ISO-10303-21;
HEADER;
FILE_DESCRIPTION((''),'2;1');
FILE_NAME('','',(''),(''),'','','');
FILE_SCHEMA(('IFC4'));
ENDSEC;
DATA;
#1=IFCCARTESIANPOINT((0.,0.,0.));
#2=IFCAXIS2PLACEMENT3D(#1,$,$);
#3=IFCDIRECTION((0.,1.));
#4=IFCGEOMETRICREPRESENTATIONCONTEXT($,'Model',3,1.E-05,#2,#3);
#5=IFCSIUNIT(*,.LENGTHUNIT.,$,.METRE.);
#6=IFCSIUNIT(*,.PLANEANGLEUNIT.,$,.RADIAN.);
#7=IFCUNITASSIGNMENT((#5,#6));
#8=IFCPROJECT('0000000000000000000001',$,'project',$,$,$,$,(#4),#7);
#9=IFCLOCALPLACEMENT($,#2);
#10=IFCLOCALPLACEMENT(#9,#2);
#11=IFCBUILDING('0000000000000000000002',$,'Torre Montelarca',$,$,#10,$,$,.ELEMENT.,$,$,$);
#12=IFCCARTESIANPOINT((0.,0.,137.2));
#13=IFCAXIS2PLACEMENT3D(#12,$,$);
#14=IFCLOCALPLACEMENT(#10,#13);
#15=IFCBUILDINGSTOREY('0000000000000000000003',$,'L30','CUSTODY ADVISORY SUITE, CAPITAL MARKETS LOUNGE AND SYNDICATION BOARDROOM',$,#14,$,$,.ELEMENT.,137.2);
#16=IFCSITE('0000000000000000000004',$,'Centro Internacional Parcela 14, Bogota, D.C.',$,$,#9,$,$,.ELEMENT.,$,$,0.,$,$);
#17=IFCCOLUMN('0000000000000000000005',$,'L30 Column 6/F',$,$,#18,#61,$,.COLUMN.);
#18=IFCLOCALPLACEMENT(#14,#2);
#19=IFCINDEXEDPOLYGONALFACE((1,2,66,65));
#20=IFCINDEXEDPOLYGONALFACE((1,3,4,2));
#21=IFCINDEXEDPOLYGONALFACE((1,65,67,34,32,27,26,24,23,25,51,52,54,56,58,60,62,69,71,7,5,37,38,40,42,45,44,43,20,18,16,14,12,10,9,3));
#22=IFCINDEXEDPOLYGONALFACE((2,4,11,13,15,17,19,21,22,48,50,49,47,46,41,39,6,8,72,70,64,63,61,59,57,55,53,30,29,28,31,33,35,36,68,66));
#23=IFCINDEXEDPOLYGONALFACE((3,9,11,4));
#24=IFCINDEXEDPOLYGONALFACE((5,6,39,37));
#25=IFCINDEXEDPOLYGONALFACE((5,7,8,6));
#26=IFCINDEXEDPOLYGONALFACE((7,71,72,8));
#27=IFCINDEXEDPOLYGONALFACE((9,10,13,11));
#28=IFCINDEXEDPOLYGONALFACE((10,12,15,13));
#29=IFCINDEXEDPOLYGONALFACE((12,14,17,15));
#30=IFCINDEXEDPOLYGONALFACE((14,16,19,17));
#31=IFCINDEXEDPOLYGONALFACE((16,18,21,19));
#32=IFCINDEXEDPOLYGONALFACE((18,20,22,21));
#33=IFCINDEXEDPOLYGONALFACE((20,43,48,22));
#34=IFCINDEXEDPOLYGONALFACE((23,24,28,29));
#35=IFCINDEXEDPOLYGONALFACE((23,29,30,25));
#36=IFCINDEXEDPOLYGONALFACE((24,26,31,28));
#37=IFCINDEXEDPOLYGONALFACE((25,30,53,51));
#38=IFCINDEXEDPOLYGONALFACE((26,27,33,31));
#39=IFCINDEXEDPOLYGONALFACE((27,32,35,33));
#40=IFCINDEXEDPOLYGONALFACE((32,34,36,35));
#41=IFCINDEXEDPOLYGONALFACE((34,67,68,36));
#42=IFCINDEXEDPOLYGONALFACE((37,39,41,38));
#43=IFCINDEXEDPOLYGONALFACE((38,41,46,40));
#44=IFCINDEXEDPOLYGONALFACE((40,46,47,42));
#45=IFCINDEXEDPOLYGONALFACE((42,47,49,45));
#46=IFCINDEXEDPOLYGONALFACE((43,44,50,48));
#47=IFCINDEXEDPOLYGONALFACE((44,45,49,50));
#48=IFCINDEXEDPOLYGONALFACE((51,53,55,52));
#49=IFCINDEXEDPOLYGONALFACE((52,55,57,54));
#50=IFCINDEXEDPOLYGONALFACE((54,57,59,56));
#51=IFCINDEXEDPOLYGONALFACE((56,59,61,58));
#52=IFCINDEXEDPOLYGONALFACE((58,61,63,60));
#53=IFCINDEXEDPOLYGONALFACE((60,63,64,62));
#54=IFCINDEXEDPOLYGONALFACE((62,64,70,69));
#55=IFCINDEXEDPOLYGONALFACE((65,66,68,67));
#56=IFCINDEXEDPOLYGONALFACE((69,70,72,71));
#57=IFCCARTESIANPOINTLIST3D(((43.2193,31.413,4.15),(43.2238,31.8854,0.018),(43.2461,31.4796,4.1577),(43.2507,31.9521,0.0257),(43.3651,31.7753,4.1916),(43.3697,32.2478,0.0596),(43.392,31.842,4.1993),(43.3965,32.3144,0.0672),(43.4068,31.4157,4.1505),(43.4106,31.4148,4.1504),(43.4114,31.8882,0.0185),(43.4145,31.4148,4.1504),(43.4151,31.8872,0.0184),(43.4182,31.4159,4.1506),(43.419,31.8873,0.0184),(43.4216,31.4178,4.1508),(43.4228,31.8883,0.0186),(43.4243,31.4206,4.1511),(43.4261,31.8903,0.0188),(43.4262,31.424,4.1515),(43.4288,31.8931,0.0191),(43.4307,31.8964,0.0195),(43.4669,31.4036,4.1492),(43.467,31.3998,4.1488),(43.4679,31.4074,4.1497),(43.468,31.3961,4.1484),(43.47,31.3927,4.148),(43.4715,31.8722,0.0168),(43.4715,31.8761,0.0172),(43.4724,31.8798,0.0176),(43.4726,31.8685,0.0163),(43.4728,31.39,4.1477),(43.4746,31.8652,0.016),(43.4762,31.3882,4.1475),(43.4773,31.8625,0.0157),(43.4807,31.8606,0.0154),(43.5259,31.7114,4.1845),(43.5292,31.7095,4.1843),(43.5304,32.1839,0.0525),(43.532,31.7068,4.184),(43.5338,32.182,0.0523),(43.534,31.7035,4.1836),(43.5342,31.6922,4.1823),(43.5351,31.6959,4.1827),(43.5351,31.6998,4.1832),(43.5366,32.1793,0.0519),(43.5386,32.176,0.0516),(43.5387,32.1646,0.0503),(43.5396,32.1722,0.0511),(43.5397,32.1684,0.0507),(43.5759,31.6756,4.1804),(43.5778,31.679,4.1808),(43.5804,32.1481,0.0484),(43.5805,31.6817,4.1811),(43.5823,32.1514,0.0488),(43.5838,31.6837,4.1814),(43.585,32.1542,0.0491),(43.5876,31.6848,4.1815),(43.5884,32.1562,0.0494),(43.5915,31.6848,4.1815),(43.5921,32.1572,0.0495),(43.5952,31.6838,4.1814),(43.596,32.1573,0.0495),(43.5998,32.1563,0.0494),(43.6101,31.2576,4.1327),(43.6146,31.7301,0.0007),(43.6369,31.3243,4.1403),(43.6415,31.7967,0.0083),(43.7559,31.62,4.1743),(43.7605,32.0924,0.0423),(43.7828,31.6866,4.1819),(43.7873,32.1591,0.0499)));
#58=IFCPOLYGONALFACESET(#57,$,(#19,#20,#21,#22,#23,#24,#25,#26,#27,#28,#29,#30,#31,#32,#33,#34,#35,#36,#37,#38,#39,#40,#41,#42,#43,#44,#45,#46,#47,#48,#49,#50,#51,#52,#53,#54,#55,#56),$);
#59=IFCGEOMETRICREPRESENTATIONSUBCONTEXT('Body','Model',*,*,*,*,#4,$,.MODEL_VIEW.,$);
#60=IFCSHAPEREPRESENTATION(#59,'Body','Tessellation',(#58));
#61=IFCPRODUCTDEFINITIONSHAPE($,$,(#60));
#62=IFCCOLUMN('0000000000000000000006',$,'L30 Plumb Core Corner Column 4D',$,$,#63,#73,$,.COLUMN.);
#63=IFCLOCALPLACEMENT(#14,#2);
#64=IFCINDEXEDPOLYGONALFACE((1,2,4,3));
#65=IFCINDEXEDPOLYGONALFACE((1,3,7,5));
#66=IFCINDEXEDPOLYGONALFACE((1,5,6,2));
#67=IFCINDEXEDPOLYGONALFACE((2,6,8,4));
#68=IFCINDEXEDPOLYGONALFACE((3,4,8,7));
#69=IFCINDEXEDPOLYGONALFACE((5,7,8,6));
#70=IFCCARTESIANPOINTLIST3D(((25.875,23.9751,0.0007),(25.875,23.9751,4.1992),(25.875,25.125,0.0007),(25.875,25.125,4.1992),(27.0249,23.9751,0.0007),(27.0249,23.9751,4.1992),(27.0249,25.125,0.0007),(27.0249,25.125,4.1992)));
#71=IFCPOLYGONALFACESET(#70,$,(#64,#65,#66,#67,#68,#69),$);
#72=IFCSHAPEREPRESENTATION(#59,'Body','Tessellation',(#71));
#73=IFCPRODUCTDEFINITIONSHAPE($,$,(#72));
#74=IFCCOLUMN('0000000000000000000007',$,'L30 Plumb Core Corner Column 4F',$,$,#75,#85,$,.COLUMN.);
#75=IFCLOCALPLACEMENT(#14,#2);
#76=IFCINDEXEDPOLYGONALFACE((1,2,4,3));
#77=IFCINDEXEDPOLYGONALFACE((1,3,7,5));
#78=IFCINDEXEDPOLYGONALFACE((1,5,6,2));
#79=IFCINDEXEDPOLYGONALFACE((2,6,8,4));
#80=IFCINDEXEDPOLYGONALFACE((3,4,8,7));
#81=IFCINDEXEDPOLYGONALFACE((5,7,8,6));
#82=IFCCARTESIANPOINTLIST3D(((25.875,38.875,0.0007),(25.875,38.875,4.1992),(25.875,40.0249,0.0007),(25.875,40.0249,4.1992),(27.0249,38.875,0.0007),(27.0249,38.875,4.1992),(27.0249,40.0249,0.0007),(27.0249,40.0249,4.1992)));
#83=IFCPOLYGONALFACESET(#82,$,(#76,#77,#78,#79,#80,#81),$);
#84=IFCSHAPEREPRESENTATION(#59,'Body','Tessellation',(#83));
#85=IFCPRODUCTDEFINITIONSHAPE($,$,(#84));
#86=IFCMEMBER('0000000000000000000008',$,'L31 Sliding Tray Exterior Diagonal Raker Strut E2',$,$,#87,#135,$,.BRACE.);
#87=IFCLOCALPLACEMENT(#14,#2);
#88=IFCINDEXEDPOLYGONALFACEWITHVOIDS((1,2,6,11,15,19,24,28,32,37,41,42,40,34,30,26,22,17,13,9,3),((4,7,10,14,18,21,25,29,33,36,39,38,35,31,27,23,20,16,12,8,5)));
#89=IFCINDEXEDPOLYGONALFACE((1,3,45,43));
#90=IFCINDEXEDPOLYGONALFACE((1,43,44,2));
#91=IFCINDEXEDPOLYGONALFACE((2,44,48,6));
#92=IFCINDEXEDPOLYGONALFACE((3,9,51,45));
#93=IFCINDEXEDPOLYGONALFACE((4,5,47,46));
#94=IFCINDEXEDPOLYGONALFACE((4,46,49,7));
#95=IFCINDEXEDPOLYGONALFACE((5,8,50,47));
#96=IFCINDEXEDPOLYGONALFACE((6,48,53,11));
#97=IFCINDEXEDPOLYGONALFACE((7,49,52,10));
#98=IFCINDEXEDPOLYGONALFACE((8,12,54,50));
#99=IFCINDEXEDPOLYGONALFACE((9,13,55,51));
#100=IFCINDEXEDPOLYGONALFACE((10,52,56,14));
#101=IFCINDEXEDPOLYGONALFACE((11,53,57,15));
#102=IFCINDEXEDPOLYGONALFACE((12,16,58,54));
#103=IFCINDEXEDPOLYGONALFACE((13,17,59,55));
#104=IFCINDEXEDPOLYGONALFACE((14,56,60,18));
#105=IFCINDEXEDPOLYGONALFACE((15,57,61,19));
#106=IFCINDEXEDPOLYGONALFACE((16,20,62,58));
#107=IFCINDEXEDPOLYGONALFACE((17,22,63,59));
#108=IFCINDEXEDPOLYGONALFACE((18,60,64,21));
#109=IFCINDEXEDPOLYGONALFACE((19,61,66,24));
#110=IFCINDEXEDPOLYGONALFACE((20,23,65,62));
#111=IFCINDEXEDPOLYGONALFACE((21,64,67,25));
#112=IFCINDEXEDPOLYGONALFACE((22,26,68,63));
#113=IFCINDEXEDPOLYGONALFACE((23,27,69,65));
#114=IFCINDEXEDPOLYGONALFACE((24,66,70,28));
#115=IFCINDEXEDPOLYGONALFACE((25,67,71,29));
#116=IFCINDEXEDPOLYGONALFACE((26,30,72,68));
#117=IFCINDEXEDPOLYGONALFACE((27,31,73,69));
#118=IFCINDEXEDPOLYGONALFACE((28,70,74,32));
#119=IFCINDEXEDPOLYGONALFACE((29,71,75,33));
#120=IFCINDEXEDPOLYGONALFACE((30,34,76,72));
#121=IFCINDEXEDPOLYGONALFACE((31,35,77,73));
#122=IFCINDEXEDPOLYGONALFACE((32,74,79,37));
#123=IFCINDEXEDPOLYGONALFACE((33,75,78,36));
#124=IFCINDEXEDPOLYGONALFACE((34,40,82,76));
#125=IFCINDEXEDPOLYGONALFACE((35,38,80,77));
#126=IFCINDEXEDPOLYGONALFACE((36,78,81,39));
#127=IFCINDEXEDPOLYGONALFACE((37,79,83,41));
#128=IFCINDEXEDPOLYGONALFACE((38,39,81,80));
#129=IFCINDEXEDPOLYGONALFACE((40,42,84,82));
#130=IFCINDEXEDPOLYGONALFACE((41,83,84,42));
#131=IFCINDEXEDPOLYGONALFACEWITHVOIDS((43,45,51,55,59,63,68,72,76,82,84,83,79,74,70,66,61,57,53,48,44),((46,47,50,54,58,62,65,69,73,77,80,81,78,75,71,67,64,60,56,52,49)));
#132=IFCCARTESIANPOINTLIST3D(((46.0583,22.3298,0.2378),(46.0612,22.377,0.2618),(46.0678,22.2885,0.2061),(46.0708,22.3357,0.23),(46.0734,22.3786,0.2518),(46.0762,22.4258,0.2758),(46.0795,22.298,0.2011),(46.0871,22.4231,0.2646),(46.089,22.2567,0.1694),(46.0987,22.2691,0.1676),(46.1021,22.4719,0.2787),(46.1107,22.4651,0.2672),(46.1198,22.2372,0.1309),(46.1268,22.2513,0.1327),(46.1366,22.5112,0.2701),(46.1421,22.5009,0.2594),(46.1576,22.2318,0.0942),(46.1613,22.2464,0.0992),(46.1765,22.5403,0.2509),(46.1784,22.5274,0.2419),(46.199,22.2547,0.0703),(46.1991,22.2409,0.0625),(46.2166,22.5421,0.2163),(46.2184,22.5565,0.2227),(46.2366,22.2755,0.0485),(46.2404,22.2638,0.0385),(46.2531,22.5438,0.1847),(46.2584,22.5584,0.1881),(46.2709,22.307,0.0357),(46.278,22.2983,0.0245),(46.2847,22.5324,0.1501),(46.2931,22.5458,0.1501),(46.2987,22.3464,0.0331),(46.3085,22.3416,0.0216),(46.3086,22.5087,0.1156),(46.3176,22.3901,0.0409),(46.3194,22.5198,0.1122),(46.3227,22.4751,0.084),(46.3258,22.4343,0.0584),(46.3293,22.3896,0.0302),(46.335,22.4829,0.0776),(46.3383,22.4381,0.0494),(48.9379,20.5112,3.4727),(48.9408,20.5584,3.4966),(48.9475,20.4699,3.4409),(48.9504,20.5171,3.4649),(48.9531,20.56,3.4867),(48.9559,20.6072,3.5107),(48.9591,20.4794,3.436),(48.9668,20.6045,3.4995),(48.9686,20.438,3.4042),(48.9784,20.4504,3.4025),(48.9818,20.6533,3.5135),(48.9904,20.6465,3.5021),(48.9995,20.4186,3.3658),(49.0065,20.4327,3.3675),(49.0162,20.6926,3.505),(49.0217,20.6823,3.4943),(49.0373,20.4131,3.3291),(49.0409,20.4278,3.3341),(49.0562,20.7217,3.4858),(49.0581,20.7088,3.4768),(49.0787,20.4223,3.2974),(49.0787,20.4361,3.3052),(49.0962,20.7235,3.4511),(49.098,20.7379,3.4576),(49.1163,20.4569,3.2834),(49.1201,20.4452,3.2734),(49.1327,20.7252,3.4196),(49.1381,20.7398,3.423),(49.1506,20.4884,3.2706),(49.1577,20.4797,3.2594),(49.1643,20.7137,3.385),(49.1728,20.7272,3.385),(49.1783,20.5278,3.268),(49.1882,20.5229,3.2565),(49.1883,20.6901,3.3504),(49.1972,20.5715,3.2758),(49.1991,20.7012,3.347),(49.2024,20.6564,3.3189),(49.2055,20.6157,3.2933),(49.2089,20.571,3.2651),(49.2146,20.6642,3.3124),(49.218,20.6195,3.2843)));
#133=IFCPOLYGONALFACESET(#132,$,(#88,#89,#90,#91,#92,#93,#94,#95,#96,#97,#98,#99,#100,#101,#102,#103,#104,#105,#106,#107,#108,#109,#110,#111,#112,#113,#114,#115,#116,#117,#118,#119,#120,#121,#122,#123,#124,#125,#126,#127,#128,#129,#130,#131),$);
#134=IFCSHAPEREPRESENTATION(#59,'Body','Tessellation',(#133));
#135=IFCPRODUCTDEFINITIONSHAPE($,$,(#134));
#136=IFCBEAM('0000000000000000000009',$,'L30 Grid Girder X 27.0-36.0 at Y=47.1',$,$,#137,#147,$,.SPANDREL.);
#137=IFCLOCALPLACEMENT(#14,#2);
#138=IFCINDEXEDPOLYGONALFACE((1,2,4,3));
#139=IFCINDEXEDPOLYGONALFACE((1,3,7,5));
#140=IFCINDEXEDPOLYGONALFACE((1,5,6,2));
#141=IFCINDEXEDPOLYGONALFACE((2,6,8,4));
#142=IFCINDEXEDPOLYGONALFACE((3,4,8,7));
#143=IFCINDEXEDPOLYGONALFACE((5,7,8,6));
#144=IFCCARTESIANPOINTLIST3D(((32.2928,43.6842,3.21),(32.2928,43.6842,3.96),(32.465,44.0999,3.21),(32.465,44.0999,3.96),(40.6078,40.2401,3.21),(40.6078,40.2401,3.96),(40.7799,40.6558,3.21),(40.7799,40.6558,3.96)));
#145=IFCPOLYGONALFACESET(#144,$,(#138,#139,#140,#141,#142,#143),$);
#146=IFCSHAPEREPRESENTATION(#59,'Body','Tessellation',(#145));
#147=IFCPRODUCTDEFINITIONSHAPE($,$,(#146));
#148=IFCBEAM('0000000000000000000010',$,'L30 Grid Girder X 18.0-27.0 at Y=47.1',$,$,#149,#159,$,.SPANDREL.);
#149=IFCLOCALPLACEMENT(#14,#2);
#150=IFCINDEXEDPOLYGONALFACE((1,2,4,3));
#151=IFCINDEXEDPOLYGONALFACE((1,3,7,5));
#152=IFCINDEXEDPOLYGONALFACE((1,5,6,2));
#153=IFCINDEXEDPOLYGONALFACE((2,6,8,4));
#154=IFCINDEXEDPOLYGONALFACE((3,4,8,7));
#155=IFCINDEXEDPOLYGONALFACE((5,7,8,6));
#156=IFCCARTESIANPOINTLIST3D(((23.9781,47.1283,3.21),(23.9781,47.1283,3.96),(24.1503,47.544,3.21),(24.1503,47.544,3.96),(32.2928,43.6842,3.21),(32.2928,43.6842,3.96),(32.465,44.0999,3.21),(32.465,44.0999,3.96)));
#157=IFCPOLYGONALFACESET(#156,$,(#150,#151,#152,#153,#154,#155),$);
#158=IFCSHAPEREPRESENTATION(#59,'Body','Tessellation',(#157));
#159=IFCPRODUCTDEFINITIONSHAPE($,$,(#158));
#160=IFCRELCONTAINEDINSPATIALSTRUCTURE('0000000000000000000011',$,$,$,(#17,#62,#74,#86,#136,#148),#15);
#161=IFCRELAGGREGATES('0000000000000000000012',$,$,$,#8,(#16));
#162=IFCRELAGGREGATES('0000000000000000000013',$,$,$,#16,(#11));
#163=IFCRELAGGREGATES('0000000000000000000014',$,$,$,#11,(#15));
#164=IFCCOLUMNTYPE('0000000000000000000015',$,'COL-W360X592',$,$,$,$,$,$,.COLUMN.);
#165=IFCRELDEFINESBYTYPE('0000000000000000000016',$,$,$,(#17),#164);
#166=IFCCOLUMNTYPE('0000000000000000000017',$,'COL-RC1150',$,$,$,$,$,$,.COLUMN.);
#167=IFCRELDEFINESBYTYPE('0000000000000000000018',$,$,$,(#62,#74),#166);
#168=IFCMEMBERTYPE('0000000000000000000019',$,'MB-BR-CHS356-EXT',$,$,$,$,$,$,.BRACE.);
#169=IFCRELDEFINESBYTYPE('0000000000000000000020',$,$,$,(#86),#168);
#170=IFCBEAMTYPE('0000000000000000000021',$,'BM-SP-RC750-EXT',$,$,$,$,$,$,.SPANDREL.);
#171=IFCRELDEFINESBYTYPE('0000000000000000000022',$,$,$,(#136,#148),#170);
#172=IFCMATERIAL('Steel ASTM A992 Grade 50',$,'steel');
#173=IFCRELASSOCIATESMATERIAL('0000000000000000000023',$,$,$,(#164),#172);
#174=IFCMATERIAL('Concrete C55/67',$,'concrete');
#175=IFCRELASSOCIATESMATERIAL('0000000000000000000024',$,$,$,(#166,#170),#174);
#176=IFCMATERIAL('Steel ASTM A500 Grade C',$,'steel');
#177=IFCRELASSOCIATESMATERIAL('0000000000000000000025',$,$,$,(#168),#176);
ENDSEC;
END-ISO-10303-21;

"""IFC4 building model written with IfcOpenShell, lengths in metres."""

from ifc_helpers import new_model, si_unit, direction, frame, origin, origin_2d, place, context, subcontext, project, spatial, rectangle, hollow_circle, i_section, extrude, clip, halfspace, source, transform, mapped, material, material_profile, profile_set, type_object, element, save


model = new_model("IFC4")

# Units and contexts
model_context = context("Model", 3, precision=1e-05, world=origin(), true_north=direction((0.0, 1.0)))
body_context = subcontext(model_context, "Body", "Model", "MODEL_VIEW")
ifc_project = project(units=[si_unit("LENGTHUNIT", "METRE"), si_unit("PLANEANGLEUNIT", "RADIAN")], contexts=[model_context])

# Site, building, storey
site_placement = place(None, origin())
site = spatial("IfcSite", under=ifc_project, at=site_placement, Name="Centro Internacional Parcela 14, Bogota, D.C.", CompositionType="ELEMENT", RefElevation=0.0)
building_placement = place(site_placement, origin())
building = spatial("IfcBuilding", under=site, at=building_placement, Name="Torre Montelarca", CompositionType="ELEMENT")
storey_placement = place(building_placement, frame((0.0, 0.0, 137.2)))
storey = spatial("IfcBuildingStorey", under=building, at=storey_placement, Name="L30", Description="CUSTODY ADVISORY SUITE, CAPITAL MARKETS LOUNGE AND SYNDICATION BOARDROOM", CompositionType="ELEMENT", Elevation=137.2)

# Columns
ifc_material_1 = material(Name="Concrete C55/67", Category="concrete")
ifc_material_2 = material(Name="Steel ASTM A992 Grade 50", Category="steel")
ifc_material_profile_1 = material_profile(ifc_material_2, i_section(OverallWidth=0.4209, OverallDepth=0.4651, WebThickness=0.0449, FlangeThickness=0.0723, FilletRadius=0.0149, at=origin_2d()), Name="W360X592", Category="steel")
ifc_profile_set_1 = profile_set([ifc_material_profile_1], Name="Steel ASTM A992 Grade 50")
column_type_1 = type_object("IfcColumnType", Name="COL-W360X592", PredefinedType="COLUMN", material=ifc_profile_set_1)
column_1_placement = place(storey_placement, frame((43.5056, 32.0261, 0.0), z_axis=(-0.001097, -0.1136, 0.993526), x_axis=(-0.928486, 0.369077, 0.041175)))
element("IfcColumn", 1, at=column_1_placement, inside=storey, type_object=column_type_1, Name="L30 Column 6/F", PredefinedType="COLUMN", context=body_context, shape_type="Clipping", body=[
    clip(clip(extrude(i_section(OverallWidth=0.4209, OverallDepth=0.4651, WebThickness=0.0449, FlangeThickness=0.0723, FilletRadius=0.0149, at=origin_2d()), origin(), (0.0, 0.0, 1.0), 4.2273), halfspace(frame((0.0, 0.0, 0.0342), z_axis=(0.0, 0.0, -1.0), x_axis=(1.0, 0.0, 0.0)), False)), halfspace(frame((0.0, 0.0, 4.1931), z_axis=(0.0, 0.0, 1.0), x_axis=(1.0, 0.0, 0.0)), False)),
])
ifc_material_profile_2 = material_profile(ifc_material_1, rectangle(XDim=1.1499, YDim=1.1499, at=origin_2d()), Name="RC1150X1150", Category="concrete")
ifc_profile_set_2 = profile_set([ifc_material_profile_2], Name="Concrete C55/67")
column_type_2 = type_object("IfcColumnType", Name="COL-RC1150", PredefinedType="COLUMN", material=ifc_profile_set_2)
shared_shape_1 = source(origin(), body_context, "Body", "SweptSolid", [
    extrude(rectangle(XDim=1.1499, YDim=1.1499, at=origin_2d()), origin(), (0.0, 0.0, 1.0), 4.1985),
])
for number, where, z_axis, x_axis, name in (
    (2, (26.45, 24.55, 0.0007), (0.0, 0.0, 1.0), (1.0, 0.0, 0.0), "L30 Plumb Core Corner Column 4D"),
    (3, (26.45, 39.45, 0.0007), (0.0, 0.0, 1.0), (1.0, 0.0, 0.0), "L30 Plumb Core Corner Column 4F"),
):
    element("IfcColumn", number, at=place(storey_placement, frame(where, z_axis=z_axis, x_axis=x_axis)), inside=storey, type_object=column_type_2, Name=name, PredefinedType="COLUMN", context=body_context, shape_type="MappedRepresentation", body=[
        mapped(shared_shape_1, transform((0.0, 0.0, 0.0), scale=1.0)),
    ])

# Member
ifc_material_3 = material(Name="Steel ASTM A500 Grade C", Category="steel")
ifc_material_profile_3 = material_profile(ifc_material_3, hollow_circle(Radius=0.1777, WallThickness=0.0159, at=origin_2d()), Name="HSS355.6X15.9", Category="steel")
ifc_profile_set_3 = profile_set([ifc_material_profile_3], Name="Steel ASTM A500 Grade C")
member_type_1 = type_object("IfcMemberType", Name="MB-BR-CHS356-EXT", PredefinedType="BRACE", material=ifc_profile_set_3)
shared_shape_2 = source(origin(), body_context, "Body", "SweptSolid", [
    extrude(hollow_circle(Radius=0.1777, WallThickness=0.0159, at=origin_2d()), origin(), (0.0, 0.0, 1.0), 4.6973),
])
member_1_placement = place(storey_placement, frame((46.1982, 22.3955, 0.1501), z_axis=(0.61305, -0.387165, 0.688675), x_axis=(0.533969, 0.845504, 0.0)))
element("IfcMember", 4, at=member_1_placement, inside=storey, type_object=member_type_1, Name="L31 Sliding Tray Exterior Diagonal Raker Strut E2", PredefinedType="BRACE", context=body_context, shape_type="MappedRepresentation", body=[
    mapped(shared_shape_2, transform((0.0, 0.0, 0.0), scale=1.0)),
])

# Beams
ifc_material_profile_4 = material_profile(ifc_material_1, rectangle(XDim=0.45, YDim=0.75, at=origin_2d()), Name="RCB450X750", Category="concrete")
ifc_profile_set_4 = profile_set([ifc_material_profile_4], Name="Concrete C55/67")
beam_type = type_object("IfcBeamType", Name="BM-SP-RC750-EXT", PredefinedType="SPANDREL", material=ifc_profile_set_4)
shared_shape_3 = source(origin(), body_context, "Body", "SweptSolid", [
    extrude(rectangle(XDim=0.45, YDim=0.75, at=origin_2d()), origin(), (0.0, 0.0, 1.0), 9.0),
])
beam_1_placement = place(storey_placement, frame((32.3789, 43.8921, 3.585), z_axis=(0.923882, -0.382677, 0.0), x_axis=(0.382677, 0.923882, 0.0)))
element("IfcBeam", 5, at=beam_1_placement, inside=storey, type_object=beam_type, Name="L30 Grid Girder X 27.0-36.0 at Y=47.1", PredefinedType="SPANDREL", context=body_context, shape_type="MappedRepresentation", body=[
    mapped(shared_shape_3, transform((0.0, 0.0, 0.0), scale=1.0)),
])
shared_shape_4 = source(origin(), body_context, "Body", "SweptSolid", [
    extrude(rectangle(XDim=0.45, YDim=0.75, at=origin_2d()), origin(), (0.0, 0.0, 1.0), 8.9998),
])
beam_2_placement = place(storey_placement, frame((24.0642, 47.3362, 3.585), z_axis=(0.923878, -0.382686, 0.0), x_axis=(0.382686, 0.923878, 0.0)))
element("IfcBeam", 6, at=beam_2_placement, inside=storey, type_object=beam_type, Name="L30 Grid Girder X 18.0-27.0 at Y=47.1", PredefinedType="SPANDREL", context=body_context, shape_type="MappedRepresentation", body=[
    mapped(shared_shape_4, transform((0.0, 0.0, 0.0), scale=1.0)),
])

save(model, "model.ifc")
